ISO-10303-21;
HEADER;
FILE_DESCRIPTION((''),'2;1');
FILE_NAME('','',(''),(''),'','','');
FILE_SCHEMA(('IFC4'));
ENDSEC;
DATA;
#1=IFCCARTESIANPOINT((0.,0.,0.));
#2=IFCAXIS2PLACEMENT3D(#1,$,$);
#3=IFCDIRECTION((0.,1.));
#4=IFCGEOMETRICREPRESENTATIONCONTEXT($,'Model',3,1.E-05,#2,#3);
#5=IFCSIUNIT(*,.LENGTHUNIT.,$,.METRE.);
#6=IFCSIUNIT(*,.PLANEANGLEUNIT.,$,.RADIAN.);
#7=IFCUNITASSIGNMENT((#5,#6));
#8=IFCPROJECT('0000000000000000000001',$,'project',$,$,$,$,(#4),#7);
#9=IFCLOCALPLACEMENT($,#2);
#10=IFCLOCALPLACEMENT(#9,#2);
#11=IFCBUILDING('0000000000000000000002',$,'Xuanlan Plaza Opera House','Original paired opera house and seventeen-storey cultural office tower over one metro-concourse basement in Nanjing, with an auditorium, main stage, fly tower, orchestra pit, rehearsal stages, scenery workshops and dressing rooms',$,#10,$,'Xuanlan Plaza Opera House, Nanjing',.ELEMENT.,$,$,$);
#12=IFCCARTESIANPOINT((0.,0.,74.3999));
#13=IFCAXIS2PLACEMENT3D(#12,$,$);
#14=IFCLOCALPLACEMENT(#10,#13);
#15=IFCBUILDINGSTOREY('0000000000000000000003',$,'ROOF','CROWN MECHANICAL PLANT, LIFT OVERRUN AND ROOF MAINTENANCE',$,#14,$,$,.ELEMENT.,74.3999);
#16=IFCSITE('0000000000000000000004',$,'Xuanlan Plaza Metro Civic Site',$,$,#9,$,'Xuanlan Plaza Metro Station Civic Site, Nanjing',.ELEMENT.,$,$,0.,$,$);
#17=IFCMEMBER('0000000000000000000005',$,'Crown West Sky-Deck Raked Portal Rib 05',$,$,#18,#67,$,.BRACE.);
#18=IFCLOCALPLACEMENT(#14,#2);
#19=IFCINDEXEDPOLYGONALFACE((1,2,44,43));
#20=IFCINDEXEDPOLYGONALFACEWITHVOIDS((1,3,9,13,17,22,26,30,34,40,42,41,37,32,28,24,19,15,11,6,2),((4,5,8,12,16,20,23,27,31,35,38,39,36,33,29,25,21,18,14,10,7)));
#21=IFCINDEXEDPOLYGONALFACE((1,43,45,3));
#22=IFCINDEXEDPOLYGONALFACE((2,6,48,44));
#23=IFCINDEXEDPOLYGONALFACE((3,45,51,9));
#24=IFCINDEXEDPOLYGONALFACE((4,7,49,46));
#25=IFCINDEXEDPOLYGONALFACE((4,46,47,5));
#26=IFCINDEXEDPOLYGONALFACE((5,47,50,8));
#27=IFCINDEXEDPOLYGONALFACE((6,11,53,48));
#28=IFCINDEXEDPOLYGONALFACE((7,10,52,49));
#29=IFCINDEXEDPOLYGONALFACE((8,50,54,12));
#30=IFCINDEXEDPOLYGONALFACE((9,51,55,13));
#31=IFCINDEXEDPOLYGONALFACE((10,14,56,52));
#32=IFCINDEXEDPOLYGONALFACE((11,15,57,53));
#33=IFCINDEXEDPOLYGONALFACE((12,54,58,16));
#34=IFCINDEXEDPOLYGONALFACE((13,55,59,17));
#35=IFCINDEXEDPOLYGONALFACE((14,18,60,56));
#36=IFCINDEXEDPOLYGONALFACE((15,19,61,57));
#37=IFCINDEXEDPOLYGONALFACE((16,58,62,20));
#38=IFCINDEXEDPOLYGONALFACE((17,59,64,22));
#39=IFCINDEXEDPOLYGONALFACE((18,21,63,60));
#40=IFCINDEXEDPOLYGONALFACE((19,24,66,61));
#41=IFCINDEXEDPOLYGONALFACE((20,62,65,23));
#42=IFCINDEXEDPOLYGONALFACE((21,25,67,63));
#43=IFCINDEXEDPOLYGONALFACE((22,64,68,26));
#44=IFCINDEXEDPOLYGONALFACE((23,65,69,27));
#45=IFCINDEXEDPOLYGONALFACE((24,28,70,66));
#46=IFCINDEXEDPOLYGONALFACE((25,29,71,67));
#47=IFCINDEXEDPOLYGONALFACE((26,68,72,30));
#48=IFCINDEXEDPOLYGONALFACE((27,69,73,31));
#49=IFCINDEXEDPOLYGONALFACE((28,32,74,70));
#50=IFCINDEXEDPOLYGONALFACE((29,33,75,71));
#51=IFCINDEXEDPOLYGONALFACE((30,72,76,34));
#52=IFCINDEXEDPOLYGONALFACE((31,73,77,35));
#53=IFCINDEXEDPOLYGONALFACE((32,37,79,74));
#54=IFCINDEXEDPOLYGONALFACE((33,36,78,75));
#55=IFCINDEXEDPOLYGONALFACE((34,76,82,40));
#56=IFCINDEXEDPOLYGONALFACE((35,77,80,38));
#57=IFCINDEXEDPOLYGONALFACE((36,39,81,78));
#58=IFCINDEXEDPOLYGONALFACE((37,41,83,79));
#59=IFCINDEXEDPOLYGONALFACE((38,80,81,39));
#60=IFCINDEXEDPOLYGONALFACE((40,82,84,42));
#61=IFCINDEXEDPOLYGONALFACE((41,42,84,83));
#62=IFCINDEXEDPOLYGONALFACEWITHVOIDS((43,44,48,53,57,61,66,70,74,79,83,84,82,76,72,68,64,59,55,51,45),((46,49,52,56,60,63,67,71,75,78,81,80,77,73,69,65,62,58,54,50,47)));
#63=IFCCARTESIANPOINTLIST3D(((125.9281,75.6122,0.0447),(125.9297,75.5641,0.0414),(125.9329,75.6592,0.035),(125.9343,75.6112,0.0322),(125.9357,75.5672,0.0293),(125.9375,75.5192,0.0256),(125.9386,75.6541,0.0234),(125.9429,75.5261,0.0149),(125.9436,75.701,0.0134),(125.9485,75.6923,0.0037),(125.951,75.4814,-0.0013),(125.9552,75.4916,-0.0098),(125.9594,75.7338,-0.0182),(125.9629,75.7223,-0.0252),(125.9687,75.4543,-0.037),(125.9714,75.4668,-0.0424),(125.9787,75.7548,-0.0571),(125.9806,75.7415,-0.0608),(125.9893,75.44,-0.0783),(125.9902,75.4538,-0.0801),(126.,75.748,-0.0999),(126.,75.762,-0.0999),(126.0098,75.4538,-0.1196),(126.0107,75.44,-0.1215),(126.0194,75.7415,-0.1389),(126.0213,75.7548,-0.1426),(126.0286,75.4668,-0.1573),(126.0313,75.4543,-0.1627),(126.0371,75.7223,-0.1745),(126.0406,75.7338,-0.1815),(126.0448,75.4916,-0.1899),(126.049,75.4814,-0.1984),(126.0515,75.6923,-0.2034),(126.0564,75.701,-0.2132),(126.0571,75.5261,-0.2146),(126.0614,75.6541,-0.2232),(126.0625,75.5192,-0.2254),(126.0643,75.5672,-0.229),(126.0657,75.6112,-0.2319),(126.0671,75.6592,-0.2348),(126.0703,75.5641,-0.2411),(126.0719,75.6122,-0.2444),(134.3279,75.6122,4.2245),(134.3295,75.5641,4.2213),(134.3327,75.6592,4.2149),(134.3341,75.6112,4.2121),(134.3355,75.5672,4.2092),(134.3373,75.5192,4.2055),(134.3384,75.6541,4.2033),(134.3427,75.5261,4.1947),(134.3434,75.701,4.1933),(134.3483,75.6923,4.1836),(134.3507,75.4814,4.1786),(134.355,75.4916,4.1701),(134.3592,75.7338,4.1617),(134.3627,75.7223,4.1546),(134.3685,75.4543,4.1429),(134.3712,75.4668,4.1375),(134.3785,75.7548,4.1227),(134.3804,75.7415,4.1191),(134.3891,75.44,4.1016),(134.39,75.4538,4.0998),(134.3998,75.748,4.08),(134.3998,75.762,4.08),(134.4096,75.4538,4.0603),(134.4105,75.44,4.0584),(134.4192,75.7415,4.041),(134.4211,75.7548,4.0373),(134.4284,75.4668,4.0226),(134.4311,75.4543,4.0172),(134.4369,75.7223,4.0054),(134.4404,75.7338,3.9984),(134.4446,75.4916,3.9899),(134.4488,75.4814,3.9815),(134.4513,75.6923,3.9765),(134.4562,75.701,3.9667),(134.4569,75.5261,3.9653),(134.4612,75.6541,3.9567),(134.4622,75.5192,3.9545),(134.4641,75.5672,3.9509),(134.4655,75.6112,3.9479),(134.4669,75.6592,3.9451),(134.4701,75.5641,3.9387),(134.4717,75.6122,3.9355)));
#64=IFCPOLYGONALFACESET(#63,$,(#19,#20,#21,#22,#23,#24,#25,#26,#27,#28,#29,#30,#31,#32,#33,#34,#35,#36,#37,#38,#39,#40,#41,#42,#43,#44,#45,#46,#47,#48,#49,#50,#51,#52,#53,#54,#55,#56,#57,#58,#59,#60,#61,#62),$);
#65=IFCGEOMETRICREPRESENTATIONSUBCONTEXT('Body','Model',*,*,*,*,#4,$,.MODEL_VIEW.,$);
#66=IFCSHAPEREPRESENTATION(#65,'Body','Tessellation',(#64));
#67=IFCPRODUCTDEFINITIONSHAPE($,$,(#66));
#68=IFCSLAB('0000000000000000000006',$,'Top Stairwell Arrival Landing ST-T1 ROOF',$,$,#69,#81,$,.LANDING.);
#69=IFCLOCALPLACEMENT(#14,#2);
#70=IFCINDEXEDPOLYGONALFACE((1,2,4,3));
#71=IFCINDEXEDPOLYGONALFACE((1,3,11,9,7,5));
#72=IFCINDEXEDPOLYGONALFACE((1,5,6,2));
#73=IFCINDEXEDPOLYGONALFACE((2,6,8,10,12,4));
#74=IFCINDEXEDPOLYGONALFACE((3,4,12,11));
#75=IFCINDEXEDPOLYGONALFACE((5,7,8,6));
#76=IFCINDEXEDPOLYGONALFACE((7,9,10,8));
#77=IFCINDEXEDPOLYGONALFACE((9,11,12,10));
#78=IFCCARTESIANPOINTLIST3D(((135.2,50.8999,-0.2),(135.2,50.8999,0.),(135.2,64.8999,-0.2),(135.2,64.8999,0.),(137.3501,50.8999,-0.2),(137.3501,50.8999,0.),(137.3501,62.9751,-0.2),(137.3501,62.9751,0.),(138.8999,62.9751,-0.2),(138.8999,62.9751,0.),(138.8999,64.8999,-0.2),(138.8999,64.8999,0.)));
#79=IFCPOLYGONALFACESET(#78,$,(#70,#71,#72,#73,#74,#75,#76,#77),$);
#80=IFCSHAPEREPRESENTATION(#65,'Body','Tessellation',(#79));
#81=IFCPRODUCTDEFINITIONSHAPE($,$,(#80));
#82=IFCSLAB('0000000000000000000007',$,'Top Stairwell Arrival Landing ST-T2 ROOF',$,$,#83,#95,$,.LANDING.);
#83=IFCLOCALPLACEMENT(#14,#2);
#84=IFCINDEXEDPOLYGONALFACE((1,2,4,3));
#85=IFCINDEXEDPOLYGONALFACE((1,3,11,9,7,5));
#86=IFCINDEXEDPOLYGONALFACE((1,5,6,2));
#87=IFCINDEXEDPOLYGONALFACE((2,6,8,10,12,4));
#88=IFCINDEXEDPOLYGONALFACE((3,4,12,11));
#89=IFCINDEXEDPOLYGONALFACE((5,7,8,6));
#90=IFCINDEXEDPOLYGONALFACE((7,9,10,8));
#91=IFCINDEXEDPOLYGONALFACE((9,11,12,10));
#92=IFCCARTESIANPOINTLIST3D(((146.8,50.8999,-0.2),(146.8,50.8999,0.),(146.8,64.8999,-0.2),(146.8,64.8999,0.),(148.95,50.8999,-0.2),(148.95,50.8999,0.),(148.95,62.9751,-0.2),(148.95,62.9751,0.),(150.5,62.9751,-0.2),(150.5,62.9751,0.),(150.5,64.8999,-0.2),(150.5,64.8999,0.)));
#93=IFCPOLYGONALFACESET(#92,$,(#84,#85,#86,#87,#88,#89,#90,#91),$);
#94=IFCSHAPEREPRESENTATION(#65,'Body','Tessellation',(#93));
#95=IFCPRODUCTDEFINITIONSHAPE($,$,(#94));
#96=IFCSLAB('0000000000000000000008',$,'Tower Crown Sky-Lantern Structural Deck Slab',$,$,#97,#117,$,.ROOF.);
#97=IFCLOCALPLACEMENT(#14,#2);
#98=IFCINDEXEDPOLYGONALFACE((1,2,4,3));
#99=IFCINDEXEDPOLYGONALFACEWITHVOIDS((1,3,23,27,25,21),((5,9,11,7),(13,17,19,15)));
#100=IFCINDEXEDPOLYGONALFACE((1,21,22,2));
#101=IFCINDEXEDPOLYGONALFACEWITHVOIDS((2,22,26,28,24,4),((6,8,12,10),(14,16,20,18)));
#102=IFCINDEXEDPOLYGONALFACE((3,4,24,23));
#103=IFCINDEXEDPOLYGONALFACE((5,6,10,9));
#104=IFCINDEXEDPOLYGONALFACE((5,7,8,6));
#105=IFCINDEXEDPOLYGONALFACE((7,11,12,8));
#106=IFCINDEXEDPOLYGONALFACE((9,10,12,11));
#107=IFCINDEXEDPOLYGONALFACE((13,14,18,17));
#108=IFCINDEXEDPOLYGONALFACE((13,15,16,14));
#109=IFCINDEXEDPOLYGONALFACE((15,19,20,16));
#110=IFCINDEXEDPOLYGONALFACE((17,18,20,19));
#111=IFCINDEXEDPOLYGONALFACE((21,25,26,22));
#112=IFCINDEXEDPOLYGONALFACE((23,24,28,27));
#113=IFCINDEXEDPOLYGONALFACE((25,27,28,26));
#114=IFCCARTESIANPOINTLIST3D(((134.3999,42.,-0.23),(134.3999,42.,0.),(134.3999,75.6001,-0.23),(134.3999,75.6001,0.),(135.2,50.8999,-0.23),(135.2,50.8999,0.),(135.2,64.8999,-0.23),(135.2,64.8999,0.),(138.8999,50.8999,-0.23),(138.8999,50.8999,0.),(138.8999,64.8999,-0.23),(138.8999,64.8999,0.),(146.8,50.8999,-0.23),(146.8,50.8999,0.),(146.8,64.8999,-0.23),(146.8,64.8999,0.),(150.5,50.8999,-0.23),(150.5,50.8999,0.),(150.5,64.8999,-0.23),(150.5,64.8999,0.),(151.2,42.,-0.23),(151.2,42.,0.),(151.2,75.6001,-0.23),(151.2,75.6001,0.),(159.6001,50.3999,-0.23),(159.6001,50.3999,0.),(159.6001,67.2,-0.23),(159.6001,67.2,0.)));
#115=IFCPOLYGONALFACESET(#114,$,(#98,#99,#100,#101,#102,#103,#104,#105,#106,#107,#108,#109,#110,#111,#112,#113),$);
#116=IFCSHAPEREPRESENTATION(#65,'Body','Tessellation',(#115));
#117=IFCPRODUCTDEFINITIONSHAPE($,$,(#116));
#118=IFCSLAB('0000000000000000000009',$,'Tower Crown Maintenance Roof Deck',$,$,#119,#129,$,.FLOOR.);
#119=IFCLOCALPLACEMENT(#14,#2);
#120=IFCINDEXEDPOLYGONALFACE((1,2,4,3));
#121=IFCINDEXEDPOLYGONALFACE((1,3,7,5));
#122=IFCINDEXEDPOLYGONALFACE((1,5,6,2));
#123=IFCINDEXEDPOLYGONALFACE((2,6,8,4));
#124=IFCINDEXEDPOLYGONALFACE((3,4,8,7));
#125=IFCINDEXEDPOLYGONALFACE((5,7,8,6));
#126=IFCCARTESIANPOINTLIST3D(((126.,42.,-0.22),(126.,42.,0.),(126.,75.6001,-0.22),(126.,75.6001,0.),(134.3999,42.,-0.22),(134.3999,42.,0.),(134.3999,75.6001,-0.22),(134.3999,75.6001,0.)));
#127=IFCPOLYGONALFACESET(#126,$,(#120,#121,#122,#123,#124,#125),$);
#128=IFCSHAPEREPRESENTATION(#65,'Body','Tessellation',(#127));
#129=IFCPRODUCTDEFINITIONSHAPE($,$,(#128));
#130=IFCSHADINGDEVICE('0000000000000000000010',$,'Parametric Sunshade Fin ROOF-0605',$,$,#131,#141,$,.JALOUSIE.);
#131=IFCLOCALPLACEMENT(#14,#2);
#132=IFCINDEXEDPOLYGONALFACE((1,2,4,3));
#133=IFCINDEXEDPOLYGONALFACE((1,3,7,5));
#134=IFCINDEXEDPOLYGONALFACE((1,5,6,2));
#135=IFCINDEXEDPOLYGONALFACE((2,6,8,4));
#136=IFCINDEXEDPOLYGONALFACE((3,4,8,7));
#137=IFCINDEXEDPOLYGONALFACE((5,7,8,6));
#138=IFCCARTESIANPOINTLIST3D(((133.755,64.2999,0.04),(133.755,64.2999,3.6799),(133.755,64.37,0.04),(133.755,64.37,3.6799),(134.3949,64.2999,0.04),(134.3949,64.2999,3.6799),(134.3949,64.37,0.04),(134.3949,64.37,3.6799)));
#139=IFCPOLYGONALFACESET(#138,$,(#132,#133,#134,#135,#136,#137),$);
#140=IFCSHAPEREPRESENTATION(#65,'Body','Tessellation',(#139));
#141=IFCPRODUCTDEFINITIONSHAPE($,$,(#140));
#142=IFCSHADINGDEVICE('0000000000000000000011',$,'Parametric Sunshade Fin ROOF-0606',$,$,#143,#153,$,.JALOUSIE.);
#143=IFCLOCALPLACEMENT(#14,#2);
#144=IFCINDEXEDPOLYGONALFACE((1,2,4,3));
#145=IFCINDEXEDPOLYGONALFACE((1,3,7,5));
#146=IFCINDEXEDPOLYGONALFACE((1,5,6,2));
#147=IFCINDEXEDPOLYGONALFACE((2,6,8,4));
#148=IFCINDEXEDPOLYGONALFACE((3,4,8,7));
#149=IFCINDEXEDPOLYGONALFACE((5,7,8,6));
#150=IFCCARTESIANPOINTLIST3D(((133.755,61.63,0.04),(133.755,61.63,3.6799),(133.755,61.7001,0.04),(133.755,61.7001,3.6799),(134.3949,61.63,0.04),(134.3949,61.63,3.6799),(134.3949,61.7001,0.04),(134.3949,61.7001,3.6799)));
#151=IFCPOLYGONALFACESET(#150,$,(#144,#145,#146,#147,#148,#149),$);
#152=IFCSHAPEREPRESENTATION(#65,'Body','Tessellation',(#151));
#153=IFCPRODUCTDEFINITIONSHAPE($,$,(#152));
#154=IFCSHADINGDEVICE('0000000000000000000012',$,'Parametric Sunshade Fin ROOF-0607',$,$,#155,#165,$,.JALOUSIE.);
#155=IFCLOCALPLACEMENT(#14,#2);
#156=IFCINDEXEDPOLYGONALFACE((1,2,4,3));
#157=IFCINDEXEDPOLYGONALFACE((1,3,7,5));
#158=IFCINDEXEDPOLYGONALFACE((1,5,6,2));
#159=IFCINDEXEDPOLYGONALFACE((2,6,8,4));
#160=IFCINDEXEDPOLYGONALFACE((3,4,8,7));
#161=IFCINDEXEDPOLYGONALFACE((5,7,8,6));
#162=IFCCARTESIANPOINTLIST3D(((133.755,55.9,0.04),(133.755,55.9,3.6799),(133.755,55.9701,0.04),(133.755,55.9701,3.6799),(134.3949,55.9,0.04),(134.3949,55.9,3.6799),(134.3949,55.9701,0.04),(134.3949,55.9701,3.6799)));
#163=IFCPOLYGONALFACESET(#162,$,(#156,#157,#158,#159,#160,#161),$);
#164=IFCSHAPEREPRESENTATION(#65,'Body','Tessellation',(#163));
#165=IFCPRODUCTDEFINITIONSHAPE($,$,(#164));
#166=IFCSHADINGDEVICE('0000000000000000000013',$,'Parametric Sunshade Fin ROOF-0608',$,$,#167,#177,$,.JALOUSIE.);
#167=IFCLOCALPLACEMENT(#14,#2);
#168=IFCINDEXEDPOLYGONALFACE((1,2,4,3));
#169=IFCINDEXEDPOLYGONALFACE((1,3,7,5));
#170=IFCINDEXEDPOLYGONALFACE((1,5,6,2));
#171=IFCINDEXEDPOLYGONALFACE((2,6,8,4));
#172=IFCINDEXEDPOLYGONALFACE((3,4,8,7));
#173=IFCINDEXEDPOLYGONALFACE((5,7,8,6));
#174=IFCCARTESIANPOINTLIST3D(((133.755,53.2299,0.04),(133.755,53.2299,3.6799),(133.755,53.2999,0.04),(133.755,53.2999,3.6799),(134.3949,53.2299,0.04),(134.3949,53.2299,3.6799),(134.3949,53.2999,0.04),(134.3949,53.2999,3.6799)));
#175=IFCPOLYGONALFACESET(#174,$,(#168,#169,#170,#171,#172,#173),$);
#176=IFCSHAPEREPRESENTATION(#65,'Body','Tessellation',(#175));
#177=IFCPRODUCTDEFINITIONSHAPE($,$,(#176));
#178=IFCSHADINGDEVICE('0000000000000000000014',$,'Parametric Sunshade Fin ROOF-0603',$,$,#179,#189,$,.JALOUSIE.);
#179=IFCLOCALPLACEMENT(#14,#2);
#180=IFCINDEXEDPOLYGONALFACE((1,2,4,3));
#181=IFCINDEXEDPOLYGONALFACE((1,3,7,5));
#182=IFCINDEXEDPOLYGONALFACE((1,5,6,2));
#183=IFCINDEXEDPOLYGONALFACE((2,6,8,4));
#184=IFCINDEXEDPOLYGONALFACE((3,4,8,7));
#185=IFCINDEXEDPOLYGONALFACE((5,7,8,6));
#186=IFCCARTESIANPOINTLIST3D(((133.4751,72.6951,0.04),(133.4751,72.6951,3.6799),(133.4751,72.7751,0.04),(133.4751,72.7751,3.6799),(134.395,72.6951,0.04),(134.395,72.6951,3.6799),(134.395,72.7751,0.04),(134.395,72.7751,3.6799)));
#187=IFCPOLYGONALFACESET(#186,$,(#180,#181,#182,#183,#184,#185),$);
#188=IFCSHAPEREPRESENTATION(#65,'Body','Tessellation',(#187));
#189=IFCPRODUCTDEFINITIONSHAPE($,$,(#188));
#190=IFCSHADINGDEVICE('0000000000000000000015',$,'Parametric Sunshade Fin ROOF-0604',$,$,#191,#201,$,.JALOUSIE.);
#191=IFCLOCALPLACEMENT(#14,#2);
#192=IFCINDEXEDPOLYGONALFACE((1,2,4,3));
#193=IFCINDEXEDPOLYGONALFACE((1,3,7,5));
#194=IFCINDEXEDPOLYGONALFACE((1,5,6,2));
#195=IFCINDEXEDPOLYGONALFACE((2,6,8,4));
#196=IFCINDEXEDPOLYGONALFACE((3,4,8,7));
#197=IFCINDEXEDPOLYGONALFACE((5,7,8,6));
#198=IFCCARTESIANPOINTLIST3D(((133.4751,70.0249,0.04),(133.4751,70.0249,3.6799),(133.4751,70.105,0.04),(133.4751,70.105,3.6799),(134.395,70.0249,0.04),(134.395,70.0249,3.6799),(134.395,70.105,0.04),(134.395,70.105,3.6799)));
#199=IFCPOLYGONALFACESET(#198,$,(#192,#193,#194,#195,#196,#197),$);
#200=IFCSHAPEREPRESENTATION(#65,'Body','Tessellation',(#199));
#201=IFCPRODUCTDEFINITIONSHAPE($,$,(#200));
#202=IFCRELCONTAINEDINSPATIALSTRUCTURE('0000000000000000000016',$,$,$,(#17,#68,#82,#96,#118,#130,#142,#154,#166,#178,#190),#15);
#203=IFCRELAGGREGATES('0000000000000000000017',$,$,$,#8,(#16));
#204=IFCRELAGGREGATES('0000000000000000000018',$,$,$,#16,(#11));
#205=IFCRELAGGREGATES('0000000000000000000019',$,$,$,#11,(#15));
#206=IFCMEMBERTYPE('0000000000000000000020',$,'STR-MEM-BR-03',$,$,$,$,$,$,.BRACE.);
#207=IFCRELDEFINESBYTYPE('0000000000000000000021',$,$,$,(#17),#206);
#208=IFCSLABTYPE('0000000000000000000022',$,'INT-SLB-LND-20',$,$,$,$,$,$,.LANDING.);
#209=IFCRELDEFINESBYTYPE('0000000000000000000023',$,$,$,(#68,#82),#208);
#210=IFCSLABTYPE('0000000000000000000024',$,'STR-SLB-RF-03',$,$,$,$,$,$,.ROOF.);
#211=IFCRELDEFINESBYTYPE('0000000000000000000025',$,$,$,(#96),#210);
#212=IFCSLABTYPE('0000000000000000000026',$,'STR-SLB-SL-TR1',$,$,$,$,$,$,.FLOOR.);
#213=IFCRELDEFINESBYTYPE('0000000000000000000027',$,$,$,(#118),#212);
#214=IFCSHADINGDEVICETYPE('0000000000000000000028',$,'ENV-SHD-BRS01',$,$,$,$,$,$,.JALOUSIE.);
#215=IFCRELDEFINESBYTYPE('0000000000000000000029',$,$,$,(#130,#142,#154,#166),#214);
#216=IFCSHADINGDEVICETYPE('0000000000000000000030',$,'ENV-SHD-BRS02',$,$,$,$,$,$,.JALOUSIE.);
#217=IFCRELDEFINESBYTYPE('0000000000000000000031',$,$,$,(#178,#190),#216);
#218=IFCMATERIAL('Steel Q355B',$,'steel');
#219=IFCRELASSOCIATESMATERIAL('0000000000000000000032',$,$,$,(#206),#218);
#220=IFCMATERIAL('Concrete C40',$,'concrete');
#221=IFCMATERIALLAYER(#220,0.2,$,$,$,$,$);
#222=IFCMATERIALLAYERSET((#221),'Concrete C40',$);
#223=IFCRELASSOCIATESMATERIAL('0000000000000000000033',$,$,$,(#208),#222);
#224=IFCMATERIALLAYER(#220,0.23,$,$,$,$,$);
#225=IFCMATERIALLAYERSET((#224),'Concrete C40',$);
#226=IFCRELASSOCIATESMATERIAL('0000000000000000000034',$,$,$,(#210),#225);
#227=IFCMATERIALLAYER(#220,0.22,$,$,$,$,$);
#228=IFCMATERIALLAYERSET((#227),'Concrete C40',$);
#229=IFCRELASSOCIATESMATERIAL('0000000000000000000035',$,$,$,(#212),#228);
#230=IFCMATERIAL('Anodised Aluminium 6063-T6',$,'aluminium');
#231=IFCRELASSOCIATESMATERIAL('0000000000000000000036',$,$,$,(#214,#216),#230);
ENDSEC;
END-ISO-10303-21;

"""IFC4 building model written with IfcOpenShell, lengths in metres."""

from ifc_helpers import new_model, si_unit, direction, frame, origin, origin_2d, place, context, subcontext, project, spatial, polyline, rectangle, hollow_circle, outline, extrude, material, layer, layer_set, material_profile, profile_set, type_object, element, save


model = new_model("IFC4")

# Units and contexts
model_context = context("Model", 3, precision=1e-05, world=origin(), true_north=direction((0.0, 1.0)))
body_context = subcontext(model_context, "Body", "Model", "MODEL_VIEW")
ifc_project = project(units=[si_unit("LENGTHUNIT", "METRE"), si_unit("PLANEANGLEUNIT", "RADIAN")], contexts=[model_context])

# Site, building, storey
site_placement = place(None, origin())
site = spatial("IfcSite", under=ifc_project, at=site_placement, Name="Xuanlan Plaza Metro Civic Site", LongName="Xuanlan Plaza Metro Station Civic Site, Nanjing", CompositionType="ELEMENT", RefElevation=0.0)
building_placement = place(site_placement, origin())
building = spatial("IfcBuilding", under=site, at=building_placement, Name="Xuanlan Plaza Opera House", Description="Original paired opera house and seventeen-storey cultural office tower over one metro-concourse basement in Nanjing, with an auditorium, main stage, fly tower, orchestra pit, rehearsal stages, scenery workshops and dressing rooms", LongName="Xuanlan Plaza Opera House, Nanjing", CompositionType="ELEMENT")
storey_placement = place(building_placement, frame((0.0, 0.0, 74.3999)))
storey = spatial("IfcBuildingStorey", under=building, at=storey_placement, Name="ROOF", Description="CROWN MECHANICAL PLANT, LIFT OVERRUN AND ROOF MAINTENANCE", CompositionType="ELEMENT", Elevation=74.3999)

# Shared definitions
ifc_material_1 = material(Name="Steel Q355B", Category="steel")

# Member
ifc_material_profile_1 = material_profile(ifc_material_1, hollow_circle(Radius=0.1619, WallThickness=0.0139, at=origin_2d()), Name="CHS 323.9x14")
ifc_profile_set_1 = profile_set([ifc_material_profile_1], Name="Steel Q355B")
member_type = type_object("IfcMemberType", Name="STR-MEM-BR-03", PredefinedType="BRACE", material=ifc_profile_set_1)
for number, where, z_axis, x_axis, name in (
    (1, (126.0, 75.6001, -0.0999), (0.895279, 0.0, 0.445506), (0.0, 1.0, 0.0), "Crown West Sky-Deck Raked Portal Rib 05"),
):
    element("IfcMember", number, at=place(storey_placement, frame(where, z_axis=z_axis, x_axis=x_axis)), inside=storey, type_object=member_type, Name=name, PredefinedType="BRACE", context=body_context, shape_type="SweptSolid", body=[
        extrude(hollow_circle(Radius=0.1619, WallThickness=0.0139, at=origin_2d()), origin(), (0.0, 0.0, 1.0), 9.3823),
    ])

# Slabs
ifc_material_2 = material(Name="Concrete C40", Category="concrete")
ifc_layer_1 = layer(ifc_material_2, 0.2)
ifc_layer_set_1 = layer_set([ifc_layer_1], Name="Concrete C40")
slab_type_1 = type_object("IfcSlabType", Name="INT-SLB-LND-20", PredefinedType="LANDING", material=ifc_layer_set_1)
slab_1_placement = place(storey_placement, frame((0.0, 0.0, -0.2)))
element("IfcSlab", 2, at=slab_1_placement, inside=storey, type_object=slab_type_1, Name="Top Stairwell Arrival Landing ST-T1 ROOF", PredefinedType="LANDING", context=body_context, shape_type="SweptSolid", body=[
    extrude(outline(polyline([(135.2, 50.8999), (137.3501, 50.8999), (137.3501, 62.9751), (138.8999, 62.9751), (138.8999, 64.8999), (135.2, 64.8999), (135.2, 50.8999)])), origin(), (0.0, 0.0, 1.0), 0.2),
])
slab_2_placement = place(storey_placement, frame((0.0, 0.0, -0.2)))
element("IfcSlab", 3, at=slab_2_placement, inside=storey, type_object=slab_type_1, Name="Top Stairwell Arrival Landing ST-T2 ROOF", PredefinedType="LANDING", context=body_context, shape_type="SweptSolid", body=[
    extrude(outline(polyline([(146.8, 50.8999), (148.95, 50.8999), (148.95, 62.9751), (150.5, 62.9751), (150.5, 64.8999), (146.8, 64.8999), (146.8, 50.8999)])), origin(), (0.0, 0.0, 1.0), 0.2),
])
ifc_layer_2 = layer(ifc_material_2, 0.23)
ifc_layer_set_2 = layer_set([ifc_layer_2], Name="Concrete C40")
slab_type_2 = type_object("IfcSlabType", Name="STR-SLB-RF-03", PredefinedType="ROOF", material=ifc_layer_set_2)
slab_3_placement = place(storey_placement, frame((0.0, 0.0, -0.23)))
element("IfcSlab", 4, at=slab_3_placement, inside=storey, type_object=slab_type_2, Name="Tower Crown Sky-Lantern Structural Deck Slab", PredefinedType="ROOF", context=body_context, shape_type="SweptSolid", body=[
    extrude(outline(polyline([(134.3999, 42.0), (151.2, 42.0), (159.6001, 50.3999), (159.6001, 67.2), (151.2, 75.6001), (134.3999, 75.6001), (134.3999, 42.0)]), holes=[polyline([(135.2, 50.8999), (138.8999, 50.8999), (138.8999, 64.8999), (135.2, 64.8999), (135.2, 50.8999)]), polyline([(146.8, 50.8999), (150.5, 50.8999), (150.5, 64.8999), (146.8, 64.8999), (146.8, 50.8999)])]), origin(), (0.0, 0.0, 1.0), 0.23),
])
ifc_layer_3 = layer(ifc_material_2, 0.22)
ifc_layer_set_3 = layer_set([ifc_layer_3], Name="Concrete C40")
slab_type_3 = type_object("IfcSlabType", Name="STR-SLB-SL-TR1", PredefinedType="FLOOR", material=ifc_layer_set_3)
slab_4_placement = place(storey_placement, frame((0.0, 0.0, -0.22)))
element("IfcSlab", 5, at=slab_4_placement, inside=storey, type_object=slab_type_3, Name="Tower Crown Maintenance Roof Deck", PredefinedType="FLOOR", context=body_context, shape_type="SweptSolid", body=[
    extrude(outline(polyline([(126.0, 42.0), (134.3999, 42.0), (134.3999, 75.6001), (126.0, 75.6001), (126.0, 42.0)])), origin(), (0.0, 0.0, 1.0), 0.22),
])

# Shading devices
ifc_material_3 = material(Name="Anodised Aluminium 6063-T6", Category="aluminium")
shading_device_type_1 = type_object("IfcShadingDeviceType", Name="ENV-SHD-BRS01", PredefinedType="JALOUSIE", material=ifc_material_3)
for number, where, z_axis, x_axis, name in (
    (6, (134.075, 64.335, 0.04), (0.0, 0.0, 1.0), (-1.0, 0.0, 0.0), "Parametric Sunshade Fin ROOF-0605"),
    (7, (134.075, 61.665, 0.04), (0.0, 0.0, 1.0), (-1.0, 0.0, 0.0), "Parametric Sunshade Fin ROOF-0606"),
    (8, (134.075, 55.9351, 0.04), (0.0, 0.0, 1.0), (-1.0, 0.0, 0.0), "Parametric Sunshade Fin ROOF-0607"),
    (9, (134.075, 53.2649, 0.04), (0.0, 0.0, 1.0), (-1.0, 0.0, 0.0), "Parametric Sunshade Fin ROOF-0608"),
):
    element("IfcShadingDevice", number, at=place(storey_placement, frame(where, z_axis=z_axis, x_axis=x_axis)), inside=storey, type_object=shading_device_type_1, Name=name, PredefinedType="JALOUSIE", context=body_context, shape_type="SweptSolid", body=[
        extrude(rectangle(XDim=0.6399, YDim=0.0701, at=origin_2d()), origin(), (0.0, 0.0, 1.0), 3.6399),
    ])
shading_device_type_2 = type_object("IfcShadingDeviceType", Name="ENV-SHD-BRS02", PredefinedType="JALOUSIE", material=ifc_material_3)
for number, where, z_axis, x_axis, name in (
    (10, (133.9351, 72.7351, 0.04), (0.0, 0.0, 1.0), (-1.0, 0.0, 0.0), "Parametric Sunshade Fin ROOF-0603"),
    (11, (133.9351, 70.0649, 0.04), (0.0, 0.0, 1.0), (-1.0, 0.0, 0.0), "Parametric Sunshade Fin ROOF-0604"),
):
    element("IfcShadingDevice", number, at=place(storey_placement, frame(where, z_axis=z_axis, x_axis=x_axis)), inside=storey, type_object=shading_device_type_2, Name=name, PredefinedType="JALOUSIE", context=body_context, shape_type="SweptSolid", body=[
        extrude(rectangle(XDim=0.9199, YDim=0.0801, at=origin_2d()), origin(), (0.0, 0.0, 1.0), 3.6399),
    ])

save(model, "model.ifc")
